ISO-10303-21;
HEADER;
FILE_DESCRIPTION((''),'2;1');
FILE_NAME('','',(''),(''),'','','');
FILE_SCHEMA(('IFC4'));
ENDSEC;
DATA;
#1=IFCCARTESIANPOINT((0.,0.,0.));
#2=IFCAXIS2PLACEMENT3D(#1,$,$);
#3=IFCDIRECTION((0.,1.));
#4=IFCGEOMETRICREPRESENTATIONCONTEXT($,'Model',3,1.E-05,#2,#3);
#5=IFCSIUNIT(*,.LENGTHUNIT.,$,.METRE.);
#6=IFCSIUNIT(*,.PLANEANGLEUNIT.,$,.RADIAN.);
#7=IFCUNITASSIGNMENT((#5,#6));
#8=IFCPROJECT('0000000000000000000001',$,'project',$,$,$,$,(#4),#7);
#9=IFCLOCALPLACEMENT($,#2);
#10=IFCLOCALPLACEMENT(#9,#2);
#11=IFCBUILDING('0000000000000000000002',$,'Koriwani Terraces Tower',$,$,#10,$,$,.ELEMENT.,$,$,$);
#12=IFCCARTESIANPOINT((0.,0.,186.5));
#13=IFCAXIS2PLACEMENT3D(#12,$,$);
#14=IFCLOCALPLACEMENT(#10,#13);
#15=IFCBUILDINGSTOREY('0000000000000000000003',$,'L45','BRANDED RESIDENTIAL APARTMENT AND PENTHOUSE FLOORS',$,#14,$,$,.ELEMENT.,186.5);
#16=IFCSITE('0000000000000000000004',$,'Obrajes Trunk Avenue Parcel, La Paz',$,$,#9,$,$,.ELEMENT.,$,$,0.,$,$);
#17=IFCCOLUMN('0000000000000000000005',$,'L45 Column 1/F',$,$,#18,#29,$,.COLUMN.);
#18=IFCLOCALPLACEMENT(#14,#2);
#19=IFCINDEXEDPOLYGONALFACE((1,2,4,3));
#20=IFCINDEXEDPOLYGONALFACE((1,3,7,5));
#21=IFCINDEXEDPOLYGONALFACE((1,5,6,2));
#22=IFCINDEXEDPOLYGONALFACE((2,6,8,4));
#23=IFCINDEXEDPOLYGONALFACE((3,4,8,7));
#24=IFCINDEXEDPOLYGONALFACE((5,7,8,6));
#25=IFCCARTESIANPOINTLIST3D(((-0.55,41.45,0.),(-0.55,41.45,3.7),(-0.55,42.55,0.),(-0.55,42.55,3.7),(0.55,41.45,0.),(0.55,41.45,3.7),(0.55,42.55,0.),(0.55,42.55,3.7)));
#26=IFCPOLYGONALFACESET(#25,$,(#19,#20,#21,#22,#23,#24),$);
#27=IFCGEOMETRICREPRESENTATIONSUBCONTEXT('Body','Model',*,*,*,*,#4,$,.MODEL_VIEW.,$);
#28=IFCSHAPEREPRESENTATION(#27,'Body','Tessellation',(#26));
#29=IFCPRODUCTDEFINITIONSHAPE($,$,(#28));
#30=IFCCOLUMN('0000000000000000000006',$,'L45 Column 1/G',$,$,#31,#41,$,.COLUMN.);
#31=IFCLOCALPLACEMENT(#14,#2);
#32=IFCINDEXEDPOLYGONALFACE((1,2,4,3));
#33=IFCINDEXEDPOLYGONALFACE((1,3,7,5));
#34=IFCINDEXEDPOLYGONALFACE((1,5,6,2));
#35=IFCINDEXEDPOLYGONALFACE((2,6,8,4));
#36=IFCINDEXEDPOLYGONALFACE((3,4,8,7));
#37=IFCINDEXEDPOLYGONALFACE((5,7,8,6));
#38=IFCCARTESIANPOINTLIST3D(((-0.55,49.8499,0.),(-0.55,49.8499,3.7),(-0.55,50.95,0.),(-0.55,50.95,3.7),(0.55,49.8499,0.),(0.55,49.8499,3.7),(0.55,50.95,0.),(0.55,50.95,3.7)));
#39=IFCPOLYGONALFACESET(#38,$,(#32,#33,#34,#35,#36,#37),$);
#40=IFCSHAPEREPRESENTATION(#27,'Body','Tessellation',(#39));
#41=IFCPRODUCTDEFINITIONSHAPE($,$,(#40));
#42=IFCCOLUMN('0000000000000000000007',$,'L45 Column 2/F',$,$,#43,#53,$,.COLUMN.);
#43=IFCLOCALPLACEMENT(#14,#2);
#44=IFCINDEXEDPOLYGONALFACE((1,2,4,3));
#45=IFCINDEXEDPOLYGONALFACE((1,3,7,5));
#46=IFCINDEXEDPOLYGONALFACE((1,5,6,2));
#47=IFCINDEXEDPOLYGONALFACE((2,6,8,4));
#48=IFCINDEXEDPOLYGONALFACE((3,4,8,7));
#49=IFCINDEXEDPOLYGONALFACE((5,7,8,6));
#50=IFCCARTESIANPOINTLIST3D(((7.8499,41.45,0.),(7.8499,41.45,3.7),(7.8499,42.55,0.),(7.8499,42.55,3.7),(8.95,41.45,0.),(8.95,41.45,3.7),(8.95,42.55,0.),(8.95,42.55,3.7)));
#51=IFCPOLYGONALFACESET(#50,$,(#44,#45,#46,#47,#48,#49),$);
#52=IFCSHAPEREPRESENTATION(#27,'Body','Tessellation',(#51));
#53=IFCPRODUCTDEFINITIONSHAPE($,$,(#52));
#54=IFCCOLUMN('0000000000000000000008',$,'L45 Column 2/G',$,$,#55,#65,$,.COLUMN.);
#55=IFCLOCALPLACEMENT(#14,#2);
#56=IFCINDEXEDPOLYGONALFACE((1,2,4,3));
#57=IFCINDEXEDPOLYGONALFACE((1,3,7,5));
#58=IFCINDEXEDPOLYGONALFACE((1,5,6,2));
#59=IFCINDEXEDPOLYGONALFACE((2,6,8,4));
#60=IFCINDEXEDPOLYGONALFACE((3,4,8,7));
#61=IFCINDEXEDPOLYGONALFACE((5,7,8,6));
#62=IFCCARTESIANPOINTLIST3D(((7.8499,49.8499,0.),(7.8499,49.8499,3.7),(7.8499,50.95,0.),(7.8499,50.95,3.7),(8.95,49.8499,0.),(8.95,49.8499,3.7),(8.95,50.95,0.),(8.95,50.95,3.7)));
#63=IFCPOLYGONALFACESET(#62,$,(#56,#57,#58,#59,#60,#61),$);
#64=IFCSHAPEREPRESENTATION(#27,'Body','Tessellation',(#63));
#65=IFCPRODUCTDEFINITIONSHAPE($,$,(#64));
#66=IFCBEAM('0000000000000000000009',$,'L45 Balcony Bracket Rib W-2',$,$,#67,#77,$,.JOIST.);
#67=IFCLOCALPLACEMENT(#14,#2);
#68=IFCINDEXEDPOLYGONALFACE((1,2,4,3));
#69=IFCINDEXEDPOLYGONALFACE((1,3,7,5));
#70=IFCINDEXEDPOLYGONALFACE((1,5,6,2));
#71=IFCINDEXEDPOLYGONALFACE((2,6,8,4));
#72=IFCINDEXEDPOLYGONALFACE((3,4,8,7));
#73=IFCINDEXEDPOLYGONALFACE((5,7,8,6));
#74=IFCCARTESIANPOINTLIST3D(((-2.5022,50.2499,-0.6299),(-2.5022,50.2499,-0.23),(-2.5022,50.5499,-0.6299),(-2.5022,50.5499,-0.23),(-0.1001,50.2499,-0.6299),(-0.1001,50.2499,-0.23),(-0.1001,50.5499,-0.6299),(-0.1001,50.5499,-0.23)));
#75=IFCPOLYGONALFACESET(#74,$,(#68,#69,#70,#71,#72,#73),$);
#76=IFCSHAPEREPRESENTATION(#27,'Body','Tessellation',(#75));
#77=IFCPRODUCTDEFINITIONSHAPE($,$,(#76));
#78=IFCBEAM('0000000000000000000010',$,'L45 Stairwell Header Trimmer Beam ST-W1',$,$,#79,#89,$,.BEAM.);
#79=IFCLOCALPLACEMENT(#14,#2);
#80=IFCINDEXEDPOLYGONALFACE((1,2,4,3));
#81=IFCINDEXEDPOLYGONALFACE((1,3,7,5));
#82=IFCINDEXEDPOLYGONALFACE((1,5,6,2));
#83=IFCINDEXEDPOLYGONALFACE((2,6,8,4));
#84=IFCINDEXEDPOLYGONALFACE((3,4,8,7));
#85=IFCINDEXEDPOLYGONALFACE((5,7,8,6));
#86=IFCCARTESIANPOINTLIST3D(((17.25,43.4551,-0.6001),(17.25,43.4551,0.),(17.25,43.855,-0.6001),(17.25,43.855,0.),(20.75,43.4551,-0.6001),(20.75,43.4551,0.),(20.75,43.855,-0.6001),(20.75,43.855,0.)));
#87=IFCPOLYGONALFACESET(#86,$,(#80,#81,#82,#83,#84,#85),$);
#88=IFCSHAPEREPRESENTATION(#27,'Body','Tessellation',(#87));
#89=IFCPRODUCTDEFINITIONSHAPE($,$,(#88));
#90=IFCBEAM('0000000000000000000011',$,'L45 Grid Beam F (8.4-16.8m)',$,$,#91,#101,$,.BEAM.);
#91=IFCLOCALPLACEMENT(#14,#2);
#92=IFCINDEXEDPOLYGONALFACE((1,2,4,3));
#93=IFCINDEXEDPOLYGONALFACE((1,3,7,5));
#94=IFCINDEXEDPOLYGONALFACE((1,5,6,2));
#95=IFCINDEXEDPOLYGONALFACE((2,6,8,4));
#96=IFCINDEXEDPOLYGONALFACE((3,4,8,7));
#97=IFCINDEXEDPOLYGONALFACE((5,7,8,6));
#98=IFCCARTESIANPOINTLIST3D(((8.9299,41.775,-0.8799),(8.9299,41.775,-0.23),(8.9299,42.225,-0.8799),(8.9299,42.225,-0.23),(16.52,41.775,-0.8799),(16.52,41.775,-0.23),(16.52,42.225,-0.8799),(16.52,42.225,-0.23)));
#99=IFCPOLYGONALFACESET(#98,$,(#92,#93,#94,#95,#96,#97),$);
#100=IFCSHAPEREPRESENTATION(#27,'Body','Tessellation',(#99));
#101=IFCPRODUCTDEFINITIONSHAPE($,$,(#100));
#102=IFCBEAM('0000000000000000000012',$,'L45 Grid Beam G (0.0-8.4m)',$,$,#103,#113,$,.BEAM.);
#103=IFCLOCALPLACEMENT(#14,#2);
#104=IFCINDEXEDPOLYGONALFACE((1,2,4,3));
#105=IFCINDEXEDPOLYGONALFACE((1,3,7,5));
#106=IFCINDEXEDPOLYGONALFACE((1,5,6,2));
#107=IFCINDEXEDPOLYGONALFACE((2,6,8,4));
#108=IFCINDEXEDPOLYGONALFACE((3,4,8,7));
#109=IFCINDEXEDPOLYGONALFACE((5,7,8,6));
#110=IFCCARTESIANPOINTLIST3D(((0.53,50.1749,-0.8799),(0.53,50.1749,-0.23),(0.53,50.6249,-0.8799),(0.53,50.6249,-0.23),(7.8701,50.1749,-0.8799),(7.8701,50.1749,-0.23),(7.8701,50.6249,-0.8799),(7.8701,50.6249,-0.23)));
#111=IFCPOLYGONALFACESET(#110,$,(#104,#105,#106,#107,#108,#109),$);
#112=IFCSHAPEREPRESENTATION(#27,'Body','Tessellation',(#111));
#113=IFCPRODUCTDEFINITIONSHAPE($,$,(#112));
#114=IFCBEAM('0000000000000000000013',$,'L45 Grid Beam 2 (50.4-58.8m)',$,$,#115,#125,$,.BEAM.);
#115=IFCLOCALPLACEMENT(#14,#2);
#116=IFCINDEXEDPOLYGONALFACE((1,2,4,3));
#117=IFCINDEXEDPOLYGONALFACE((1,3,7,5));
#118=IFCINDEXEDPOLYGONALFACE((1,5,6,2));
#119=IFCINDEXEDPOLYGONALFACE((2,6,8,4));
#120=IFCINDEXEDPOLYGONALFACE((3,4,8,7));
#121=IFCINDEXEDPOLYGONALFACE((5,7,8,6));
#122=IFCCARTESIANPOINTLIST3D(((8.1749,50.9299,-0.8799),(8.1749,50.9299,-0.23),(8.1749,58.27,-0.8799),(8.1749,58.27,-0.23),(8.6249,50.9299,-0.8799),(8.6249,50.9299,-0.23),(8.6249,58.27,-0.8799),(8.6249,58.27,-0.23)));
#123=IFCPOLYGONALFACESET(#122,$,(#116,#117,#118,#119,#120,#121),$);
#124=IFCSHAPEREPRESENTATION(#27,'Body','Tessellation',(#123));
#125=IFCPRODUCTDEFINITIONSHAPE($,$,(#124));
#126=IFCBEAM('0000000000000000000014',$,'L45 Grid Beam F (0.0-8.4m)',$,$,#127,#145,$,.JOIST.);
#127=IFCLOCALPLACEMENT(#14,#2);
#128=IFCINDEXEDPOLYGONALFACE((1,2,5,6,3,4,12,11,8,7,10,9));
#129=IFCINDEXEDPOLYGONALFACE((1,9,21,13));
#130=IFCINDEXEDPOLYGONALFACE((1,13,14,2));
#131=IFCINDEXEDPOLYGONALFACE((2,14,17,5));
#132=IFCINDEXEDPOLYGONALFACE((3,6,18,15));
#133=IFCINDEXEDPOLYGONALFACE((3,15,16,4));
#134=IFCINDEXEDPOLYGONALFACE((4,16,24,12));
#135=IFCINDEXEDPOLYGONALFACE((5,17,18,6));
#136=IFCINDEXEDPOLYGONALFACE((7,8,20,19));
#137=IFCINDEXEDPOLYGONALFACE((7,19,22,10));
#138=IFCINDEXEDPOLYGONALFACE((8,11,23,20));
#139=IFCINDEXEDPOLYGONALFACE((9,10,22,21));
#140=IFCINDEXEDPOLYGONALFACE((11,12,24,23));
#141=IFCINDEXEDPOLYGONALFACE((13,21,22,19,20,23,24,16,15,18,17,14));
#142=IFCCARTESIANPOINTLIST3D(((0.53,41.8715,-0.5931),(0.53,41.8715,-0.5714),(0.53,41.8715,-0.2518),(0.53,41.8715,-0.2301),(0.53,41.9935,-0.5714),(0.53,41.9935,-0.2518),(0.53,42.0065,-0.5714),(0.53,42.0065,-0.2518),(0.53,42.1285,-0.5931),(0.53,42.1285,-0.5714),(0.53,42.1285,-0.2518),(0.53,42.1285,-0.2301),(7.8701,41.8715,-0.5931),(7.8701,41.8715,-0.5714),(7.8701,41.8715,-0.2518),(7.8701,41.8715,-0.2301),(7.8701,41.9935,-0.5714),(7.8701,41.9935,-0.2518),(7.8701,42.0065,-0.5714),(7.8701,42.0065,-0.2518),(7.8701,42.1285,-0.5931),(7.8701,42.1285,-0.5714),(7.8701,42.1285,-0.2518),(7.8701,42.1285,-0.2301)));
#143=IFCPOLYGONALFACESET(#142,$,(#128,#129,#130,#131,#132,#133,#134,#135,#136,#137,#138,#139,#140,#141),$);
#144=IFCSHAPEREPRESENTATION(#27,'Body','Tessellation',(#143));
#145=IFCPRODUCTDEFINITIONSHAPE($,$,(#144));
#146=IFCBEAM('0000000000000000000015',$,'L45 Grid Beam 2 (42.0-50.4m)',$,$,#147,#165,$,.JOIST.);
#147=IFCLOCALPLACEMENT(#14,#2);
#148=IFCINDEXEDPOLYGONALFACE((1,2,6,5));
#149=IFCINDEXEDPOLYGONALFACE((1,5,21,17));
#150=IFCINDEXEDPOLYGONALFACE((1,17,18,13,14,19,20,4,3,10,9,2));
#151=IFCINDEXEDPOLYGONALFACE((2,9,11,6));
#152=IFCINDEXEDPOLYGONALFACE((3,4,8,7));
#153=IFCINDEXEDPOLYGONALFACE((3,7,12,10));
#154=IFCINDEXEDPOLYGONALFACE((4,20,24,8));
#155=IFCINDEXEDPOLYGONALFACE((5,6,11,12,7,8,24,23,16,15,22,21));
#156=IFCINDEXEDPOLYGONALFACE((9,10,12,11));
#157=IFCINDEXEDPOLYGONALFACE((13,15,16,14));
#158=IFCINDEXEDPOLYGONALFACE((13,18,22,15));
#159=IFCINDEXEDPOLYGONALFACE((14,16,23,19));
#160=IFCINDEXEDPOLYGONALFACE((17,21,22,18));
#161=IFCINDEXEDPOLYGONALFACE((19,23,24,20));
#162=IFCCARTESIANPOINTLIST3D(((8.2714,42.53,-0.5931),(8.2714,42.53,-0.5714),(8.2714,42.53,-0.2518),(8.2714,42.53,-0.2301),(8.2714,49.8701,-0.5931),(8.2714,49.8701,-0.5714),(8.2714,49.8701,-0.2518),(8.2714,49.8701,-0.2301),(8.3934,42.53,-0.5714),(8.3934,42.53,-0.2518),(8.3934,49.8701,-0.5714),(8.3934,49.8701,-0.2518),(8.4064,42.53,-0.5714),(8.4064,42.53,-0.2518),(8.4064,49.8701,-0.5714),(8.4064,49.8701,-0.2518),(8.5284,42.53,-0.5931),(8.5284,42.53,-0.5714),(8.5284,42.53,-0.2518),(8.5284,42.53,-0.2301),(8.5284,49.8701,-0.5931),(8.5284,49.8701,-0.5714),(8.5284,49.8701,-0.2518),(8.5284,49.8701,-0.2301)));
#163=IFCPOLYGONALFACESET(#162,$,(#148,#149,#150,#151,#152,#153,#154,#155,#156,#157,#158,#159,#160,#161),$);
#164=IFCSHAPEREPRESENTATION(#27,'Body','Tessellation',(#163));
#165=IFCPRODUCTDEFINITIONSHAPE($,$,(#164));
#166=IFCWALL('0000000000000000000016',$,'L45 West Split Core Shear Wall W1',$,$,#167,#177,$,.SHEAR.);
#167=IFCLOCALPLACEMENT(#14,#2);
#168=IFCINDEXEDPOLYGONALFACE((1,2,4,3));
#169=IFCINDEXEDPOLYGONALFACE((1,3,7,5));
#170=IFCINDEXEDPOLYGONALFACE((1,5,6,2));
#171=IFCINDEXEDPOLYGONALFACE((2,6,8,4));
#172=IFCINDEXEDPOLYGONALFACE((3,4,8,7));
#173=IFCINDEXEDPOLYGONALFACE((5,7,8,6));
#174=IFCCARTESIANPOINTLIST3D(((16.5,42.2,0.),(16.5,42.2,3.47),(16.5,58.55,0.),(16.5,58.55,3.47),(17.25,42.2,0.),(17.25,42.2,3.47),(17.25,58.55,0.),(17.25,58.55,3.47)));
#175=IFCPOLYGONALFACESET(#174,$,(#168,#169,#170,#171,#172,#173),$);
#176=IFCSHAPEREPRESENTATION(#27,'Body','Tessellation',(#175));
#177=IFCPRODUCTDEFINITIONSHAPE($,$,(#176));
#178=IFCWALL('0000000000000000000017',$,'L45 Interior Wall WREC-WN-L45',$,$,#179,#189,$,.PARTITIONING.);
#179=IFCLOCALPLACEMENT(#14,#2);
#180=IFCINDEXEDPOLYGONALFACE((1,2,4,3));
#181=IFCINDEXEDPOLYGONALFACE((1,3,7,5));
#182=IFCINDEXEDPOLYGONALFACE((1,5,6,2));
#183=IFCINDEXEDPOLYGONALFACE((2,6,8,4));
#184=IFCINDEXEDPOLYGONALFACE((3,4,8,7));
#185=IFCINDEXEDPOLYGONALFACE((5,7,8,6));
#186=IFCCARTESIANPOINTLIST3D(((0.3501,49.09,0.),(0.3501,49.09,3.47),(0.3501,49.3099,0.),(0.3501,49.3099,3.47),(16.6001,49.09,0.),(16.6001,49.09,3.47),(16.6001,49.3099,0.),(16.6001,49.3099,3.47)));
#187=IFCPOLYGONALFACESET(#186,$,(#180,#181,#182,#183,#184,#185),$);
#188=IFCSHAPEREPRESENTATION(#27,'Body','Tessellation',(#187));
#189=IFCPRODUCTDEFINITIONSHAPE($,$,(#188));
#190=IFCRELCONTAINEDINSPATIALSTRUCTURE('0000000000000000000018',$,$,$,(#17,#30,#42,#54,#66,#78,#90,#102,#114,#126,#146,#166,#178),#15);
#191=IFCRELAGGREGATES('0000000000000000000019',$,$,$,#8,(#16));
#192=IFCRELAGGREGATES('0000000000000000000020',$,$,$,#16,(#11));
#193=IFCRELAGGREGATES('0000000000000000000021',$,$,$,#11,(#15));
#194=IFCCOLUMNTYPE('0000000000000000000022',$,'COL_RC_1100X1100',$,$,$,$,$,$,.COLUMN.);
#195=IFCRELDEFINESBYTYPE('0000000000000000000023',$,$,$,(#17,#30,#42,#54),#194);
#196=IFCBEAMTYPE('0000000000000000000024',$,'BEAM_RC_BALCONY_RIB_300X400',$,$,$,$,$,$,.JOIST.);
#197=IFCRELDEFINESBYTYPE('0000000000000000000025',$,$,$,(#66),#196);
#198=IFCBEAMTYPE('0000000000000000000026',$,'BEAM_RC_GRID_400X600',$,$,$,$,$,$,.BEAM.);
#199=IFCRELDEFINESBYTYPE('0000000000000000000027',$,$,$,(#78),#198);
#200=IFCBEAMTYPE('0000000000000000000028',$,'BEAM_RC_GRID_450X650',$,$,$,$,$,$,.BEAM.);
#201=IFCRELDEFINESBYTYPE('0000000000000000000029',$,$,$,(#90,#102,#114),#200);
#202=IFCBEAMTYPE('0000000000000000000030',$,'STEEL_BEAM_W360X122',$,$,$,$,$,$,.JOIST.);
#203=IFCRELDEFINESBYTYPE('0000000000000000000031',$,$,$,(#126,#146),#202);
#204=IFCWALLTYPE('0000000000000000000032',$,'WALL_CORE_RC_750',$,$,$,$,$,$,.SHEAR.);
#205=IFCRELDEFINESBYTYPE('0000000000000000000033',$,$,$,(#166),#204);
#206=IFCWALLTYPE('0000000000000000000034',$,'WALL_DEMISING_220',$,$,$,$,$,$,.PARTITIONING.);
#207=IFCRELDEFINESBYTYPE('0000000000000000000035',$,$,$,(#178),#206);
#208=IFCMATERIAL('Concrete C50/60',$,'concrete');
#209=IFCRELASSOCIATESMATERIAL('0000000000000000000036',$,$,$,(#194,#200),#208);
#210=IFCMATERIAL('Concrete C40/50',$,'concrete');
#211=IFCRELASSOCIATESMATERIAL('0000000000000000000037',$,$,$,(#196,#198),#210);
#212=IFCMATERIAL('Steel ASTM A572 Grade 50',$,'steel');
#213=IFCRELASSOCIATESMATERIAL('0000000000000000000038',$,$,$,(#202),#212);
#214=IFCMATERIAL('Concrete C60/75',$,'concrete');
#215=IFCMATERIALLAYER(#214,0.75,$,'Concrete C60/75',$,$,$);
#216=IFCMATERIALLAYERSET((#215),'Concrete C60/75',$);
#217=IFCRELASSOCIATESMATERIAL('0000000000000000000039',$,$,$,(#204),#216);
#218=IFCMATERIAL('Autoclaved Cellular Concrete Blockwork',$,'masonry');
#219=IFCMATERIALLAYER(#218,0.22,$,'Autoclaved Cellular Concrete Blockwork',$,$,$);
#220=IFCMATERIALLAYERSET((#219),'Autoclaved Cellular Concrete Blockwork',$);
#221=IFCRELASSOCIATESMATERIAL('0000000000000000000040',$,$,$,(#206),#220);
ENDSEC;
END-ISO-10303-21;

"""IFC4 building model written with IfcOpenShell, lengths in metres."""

from ifc_helpers import new_model, si_unit, direction, frame, frame_2d, origin, origin_2d, place, context, subcontext, project, spatial, rectangle, i_section, extrude, material, layer, layer_set, material_profile, profile_set, type_object, element, save


model = new_model("IFC4")

# Units and contexts
model_context = context("Model", 3, precision=1e-05, world=origin(), true_north=direction((0.0, 1.0)))
body_context = subcontext(model_context, "Body", "Model", "MODEL_VIEW")
ifc_project = project(units=[si_unit("LENGTHUNIT", "METRE"), si_unit("PLANEANGLEUNIT", "RADIAN")], contexts=[model_context])

# Site, building, storey
site_placement = place(None, origin())
site = spatial("IfcSite", under=ifc_project, at=site_placement, Name="Obrajes Trunk Avenue Parcel, La Paz", CompositionType="ELEMENT", RefElevation=0.0)
building_placement = place(site_placement, origin())
building = spatial("IfcBuilding", under=site, at=building_placement, Name="Koriwani Terraces Tower", CompositionType="ELEMENT")
storey_placement = place(building_placement, frame((0.0, 0.0, 186.5)))
storey = spatial("IfcBuildingStorey", under=building, at=storey_placement, Name="L45", Description="BRANDED RESIDENTIAL APARTMENT AND PENTHOUSE FLOORS", CompositionType="ELEMENT", Elevation=186.5)

# Columns
ifc_material_1 = material(Name="Concrete C50/60", Category="concrete")
ifc_material_profile_1 = material_profile(ifc_material_1, rectangle(XDim=1.1001, YDim=1.1001, at=origin_2d()), Name="Concrete C50/60", Category="LoadBearing")
ifc_profile_set_1 = profile_set([ifc_material_profile_1], Name="Concrete C50/60")
column_type = type_object("IfcColumnType", Name="COL_RC_1100X1100", PredefinedType="COLUMN", material=ifc_profile_set_1)
for number, where, z_axis, x_axis, name in (
    (1, (0.0, 42.0, 0.0), (0.0, 0.0, 1.0), (1.0, 0.0, 0.0), "L45 Column 1/F"),
    (2, (0.0, 50.3999, 0.0), (0.0, 0.0, 1.0), (1.0, 0.0, 0.0), "L45 Column 1/G"),
    (3, (8.3999, 42.0, 0.0), (0.0, 0.0, 1.0), (1.0, 0.0, 0.0), "L45 Column 2/F"),
    (4, (8.3999, 50.3999, 0.0), (0.0, 0.0, 1.0), (1.0, 0.0, 0.0), "L45 Column 2/G"),
):
    element("IfcColumn", number, at=place(storey_placement, frame(where, z_axis=z_axis, x_axis=x_axis)), inside=storey, type_object=column_type, Name=name, PredefinedType="COLUMN", context=body_context, shape_type="SweptSolid", body=[
        extrude(rectangle(XDim=1.1001, YDim=1.1001, at=origin_2d()), origin(), (0.0, 0.0, 1.0), 3.7),
    ])

# Beams
ifc_material_2 = material(Name="Concrete C40/50", Category="concrete")
ifc_material_profile_2 = material_profile(ifc_material_2, rectangle(XDim=0.3, YDim=0.3999, at=origin_2d()), Name="Concrete C40/50", Category="LoadBearing")
ifc_profile_set_2 = profile_set([ifc_material_profile_2], Name="Concrete C40/50")
beam_type_1 = type_object("IfcBeamType", Name="BEAM_RC_BALCONY_RIB_300X400", PredefinedType="JOIST", material=ifc_profile_set_2)
beam_1_placement = place(storey_placement, frame((-2.5022, 50.3999, -0.4299), z_axis=(1.0, 0.0, 0.0), x_axis=(0.0, 1.0, 0.0)))
element("IfcBeam", 5, at=beam_1_placement, inside=storey, type_object=beam_type_1, Name="L45 Balcony Bracket Rib W-2", PredefinedType="JOIST", context=body_context, shape_type="SweptSolid", body=[
    extrude(rectangle(XDim=0.3, YDim=0.3999, at=origin_2d()), origin(), (0.0, 0.0, 1.0), 2.4021),
])
ifc_material_profile_3 = material_profile(ifc_material_2, rectangle(XDim=0.3999, YDim=0.6001, at=origin_2d()), Name="Concrete C40/50", Category="LoadBearing")
ifc_profile_set_3 = profile_set([ifc_material_profile_3], Name="Concrete C40/50")
beam_type_2 = type_object("IfcBeamType", Name="BEAM_RC_GRID_400X600", PredefinedType="BEAM", material=ifc_profile_set_3)
beam_2_placement = place(storey_placement, frame((17.25, 43.655, -0.3), z_axis=(1.0, 0.0, 0.0), x_axis=(0.0, 1.0, 0.0)))
element("IfcBeam", 6, at=beam_2_placement, inside=storey, type_object=beam_type_2, Name="L45 Stairwell Header Trimmer Beam ST-W1", PredefinedType="BEAM", context=body_context, shape_type="SweptSolid", body=[
    extrude(rectangle(XDim=0.3999, YDim=0.6001, at=origin_2d()), origin(), (0.0, 0.0, 1.0), 3.5),
])
ifc_material_profile_4 = material_profile(ifc_material_1, rectangle(XDim=0.45, YDim=0.6499, at=origin_2d()), Name="Concrete C50/60", Category="LoadBearing")
ifc_profile_set_4 = profile_set([ifc_material_profile_4], Name="Concrete C50/60")
beam_type_3 = type_object("IfcBeamType", Name="BEAM_RC_GRID_450X650", PredefinedType="BEAM", material=ifc_profile_set_4)
beam_3_placement = place(storey_placement, frame((8.9299, 42.0, -0.5549), z_axis=(1.0, 0.0, 0.0), x_axis=(0.0, 1.0, 0.0)))
element("IfcBeam", 7, at=beam_3_placement, inside=storey, type_object=beam_type_3, Name="L45 Grid Beam F (8.4-16.8m)", PredefinedType="BEAM", context=body_context, shape_type="SweptSolid", body=[
    extrude(rectangle(XDim=0.45, YDim=0.6499, at=origin_2d()), origin(), (0.0, 0.0, 1.0), 7.5901),
])
for number, where, z_axis, x_axis, name in (
    (8, (0.53, 50.3999, -0.5549), (1.0, 0.0, 0.0), (0.0, 1.0, 0.0), "L45 Grid Beam G (0.0-8.4m)"),
    (9, (8.3999, 50.9299, -0.5549), (0.0, 1.0, 0.0), (-1.0, 0.0, 0.0), "L45 Grid Beam 2 (50.4-58.8m)"),
):
    element("IfcBeam", number, at=place(storey_placement, frame(where, z_axis=z_axis, x_axis=x_axis)), inside=storey, type_object=beam_type_3, Name=name, PredefinedType="BEAM", context=body_context, shape_type="SweptSolid", body=[
        extrude(rectangle(XDim=0.45, YDim=0.6499, at=origin_2d()), origin(), (0.0, 0.0, 1.0), 7.3401),
    ])
ifc_material_3 = material(Name="Steel ASTM A572 Grade 50", Category="steel")
ifc_material_profile_5 = material_profile(ifc_material_3, i_section(OverallWidth=0.2571, OverallDepth=0.363, WebThickness=0.0129, FlangeThickness=0.0217, at=origin_2d()), Name="Steel ASTM A572 Grade 50", Category="LoadBearing")
ifc_profile_set_5 = profile_set([ifc_material_profile_5], Name="Steel ASTM A572 Grade 50")
beam_type_4 = type_object("IfcBeamType", Name="STEEL_BEAM_W360X122", PredefinedType="JOIST", material=ifc_profile_set_5)
for number, where, z_axis, x_axis, name in (
    (10, (0.53, 42.0, -0.4116), (1.0, 0.0, 0.0), (0.0, 1.0, 0.0), "L45 Grid Beam F (0.0-8.4m)"),
    (11, (8.3999, 42.53, -0.4116), (0.0, 1.0, 0.0), (-1.0, 0.0, 0.0), "L45 Grid Beam 2 (42.0-50.4m)"),
):
    element("IfcBeam", number, at=place(storey_placement, frame(where, z_axis=z_axis, x_axis=x_axis)), inside=storey, type_object=beam_type_4, Name=name, PredefinedType="JOIST", context=body_context, shape_type="SweptSolid", body=[
        extrude(i_section(OverallWidth=0.2571, OverallDepth=0.363, WebThickness=0.0129, FlangeThickness=0.0217, at=origin_2d()), origin(), (0.0, 0.0, 1.0), 7.3401),
    ])

# Walls
ifc_material_4 = material(Name="Concrete C60/75", Category="concrete")
ifc_layer_1 = layer(ifc_material_4, 0.75, Name="Concrete C60/75")
ifc_layer_set_1 = layer_set([ifc_layer_1], Name="Concrete C60/75")
wall_type_1 = type_object("IfcWallType", Name="WALL_CORE_RC_750", PredefinedType="SHEAR", material=ifc_layer_set_1)
wall_1_placement = place(storey_placement, frame((16.875, 42.2, 0.0), z_axis=(0.0, 0.0, 1.0), x_axis=(0.0, 1.0, 0.0)))
element("IfcWall", 12, at=wall_1_placement, inside=storey, type_object=wall_type_1, Name="L45 West Split Core Shear Wall W1", PredefinedType="SHEAR", context=body_context, shape_type="SweptSolid", body=[
    extrude(rectangle(XDim=16.3501, YDim=0.75, at=frame_2d((8.175, 0.0))), origin(), (0.0, 0.0, 1.0), 3.47),
])
ifc_material_5 = material(Name="Autoclaved Cellular Concrete Blockwork", Category="masonry")
ifc_layer_2 = layer(ifc_material_5, 0.22, Name="Autoclaved Cellular Concrete Blockwork")
ifc_layer_set_2 = layer_set([ifc_layer_2], Name="Autoclaved Cellular Concrete Blockwork")
wall_type_2 = type_object("IfcWallType", Name="WALL_DEMISING_220", PredefinedType="PARTITIONING", material=ifc_layer_set_2)
wall_2_placement = place(storey_placement, frame((0.3501, 49.2, 0.0), z_axis=(0.0, 0.0, 1.0), x_axis=(1.0, 0.0, 0.0)))
element("IfcWall", 13, at=wall_2_placement, inside=storey, type_object=wall_type_2, Name="L45 Interior Wall WREC-WN-L45", PredefinedType="PARTITIONING", context=body_context, shape_type="SweptSolid", body=[
    extrude(rectangle(XDim=16.25, YDim=0.22, at=frame_2d((8.125, 0.0))), origin(), (0.0, 0.0, 1.0), 3.47),
])

save(model, "model.ifc")
